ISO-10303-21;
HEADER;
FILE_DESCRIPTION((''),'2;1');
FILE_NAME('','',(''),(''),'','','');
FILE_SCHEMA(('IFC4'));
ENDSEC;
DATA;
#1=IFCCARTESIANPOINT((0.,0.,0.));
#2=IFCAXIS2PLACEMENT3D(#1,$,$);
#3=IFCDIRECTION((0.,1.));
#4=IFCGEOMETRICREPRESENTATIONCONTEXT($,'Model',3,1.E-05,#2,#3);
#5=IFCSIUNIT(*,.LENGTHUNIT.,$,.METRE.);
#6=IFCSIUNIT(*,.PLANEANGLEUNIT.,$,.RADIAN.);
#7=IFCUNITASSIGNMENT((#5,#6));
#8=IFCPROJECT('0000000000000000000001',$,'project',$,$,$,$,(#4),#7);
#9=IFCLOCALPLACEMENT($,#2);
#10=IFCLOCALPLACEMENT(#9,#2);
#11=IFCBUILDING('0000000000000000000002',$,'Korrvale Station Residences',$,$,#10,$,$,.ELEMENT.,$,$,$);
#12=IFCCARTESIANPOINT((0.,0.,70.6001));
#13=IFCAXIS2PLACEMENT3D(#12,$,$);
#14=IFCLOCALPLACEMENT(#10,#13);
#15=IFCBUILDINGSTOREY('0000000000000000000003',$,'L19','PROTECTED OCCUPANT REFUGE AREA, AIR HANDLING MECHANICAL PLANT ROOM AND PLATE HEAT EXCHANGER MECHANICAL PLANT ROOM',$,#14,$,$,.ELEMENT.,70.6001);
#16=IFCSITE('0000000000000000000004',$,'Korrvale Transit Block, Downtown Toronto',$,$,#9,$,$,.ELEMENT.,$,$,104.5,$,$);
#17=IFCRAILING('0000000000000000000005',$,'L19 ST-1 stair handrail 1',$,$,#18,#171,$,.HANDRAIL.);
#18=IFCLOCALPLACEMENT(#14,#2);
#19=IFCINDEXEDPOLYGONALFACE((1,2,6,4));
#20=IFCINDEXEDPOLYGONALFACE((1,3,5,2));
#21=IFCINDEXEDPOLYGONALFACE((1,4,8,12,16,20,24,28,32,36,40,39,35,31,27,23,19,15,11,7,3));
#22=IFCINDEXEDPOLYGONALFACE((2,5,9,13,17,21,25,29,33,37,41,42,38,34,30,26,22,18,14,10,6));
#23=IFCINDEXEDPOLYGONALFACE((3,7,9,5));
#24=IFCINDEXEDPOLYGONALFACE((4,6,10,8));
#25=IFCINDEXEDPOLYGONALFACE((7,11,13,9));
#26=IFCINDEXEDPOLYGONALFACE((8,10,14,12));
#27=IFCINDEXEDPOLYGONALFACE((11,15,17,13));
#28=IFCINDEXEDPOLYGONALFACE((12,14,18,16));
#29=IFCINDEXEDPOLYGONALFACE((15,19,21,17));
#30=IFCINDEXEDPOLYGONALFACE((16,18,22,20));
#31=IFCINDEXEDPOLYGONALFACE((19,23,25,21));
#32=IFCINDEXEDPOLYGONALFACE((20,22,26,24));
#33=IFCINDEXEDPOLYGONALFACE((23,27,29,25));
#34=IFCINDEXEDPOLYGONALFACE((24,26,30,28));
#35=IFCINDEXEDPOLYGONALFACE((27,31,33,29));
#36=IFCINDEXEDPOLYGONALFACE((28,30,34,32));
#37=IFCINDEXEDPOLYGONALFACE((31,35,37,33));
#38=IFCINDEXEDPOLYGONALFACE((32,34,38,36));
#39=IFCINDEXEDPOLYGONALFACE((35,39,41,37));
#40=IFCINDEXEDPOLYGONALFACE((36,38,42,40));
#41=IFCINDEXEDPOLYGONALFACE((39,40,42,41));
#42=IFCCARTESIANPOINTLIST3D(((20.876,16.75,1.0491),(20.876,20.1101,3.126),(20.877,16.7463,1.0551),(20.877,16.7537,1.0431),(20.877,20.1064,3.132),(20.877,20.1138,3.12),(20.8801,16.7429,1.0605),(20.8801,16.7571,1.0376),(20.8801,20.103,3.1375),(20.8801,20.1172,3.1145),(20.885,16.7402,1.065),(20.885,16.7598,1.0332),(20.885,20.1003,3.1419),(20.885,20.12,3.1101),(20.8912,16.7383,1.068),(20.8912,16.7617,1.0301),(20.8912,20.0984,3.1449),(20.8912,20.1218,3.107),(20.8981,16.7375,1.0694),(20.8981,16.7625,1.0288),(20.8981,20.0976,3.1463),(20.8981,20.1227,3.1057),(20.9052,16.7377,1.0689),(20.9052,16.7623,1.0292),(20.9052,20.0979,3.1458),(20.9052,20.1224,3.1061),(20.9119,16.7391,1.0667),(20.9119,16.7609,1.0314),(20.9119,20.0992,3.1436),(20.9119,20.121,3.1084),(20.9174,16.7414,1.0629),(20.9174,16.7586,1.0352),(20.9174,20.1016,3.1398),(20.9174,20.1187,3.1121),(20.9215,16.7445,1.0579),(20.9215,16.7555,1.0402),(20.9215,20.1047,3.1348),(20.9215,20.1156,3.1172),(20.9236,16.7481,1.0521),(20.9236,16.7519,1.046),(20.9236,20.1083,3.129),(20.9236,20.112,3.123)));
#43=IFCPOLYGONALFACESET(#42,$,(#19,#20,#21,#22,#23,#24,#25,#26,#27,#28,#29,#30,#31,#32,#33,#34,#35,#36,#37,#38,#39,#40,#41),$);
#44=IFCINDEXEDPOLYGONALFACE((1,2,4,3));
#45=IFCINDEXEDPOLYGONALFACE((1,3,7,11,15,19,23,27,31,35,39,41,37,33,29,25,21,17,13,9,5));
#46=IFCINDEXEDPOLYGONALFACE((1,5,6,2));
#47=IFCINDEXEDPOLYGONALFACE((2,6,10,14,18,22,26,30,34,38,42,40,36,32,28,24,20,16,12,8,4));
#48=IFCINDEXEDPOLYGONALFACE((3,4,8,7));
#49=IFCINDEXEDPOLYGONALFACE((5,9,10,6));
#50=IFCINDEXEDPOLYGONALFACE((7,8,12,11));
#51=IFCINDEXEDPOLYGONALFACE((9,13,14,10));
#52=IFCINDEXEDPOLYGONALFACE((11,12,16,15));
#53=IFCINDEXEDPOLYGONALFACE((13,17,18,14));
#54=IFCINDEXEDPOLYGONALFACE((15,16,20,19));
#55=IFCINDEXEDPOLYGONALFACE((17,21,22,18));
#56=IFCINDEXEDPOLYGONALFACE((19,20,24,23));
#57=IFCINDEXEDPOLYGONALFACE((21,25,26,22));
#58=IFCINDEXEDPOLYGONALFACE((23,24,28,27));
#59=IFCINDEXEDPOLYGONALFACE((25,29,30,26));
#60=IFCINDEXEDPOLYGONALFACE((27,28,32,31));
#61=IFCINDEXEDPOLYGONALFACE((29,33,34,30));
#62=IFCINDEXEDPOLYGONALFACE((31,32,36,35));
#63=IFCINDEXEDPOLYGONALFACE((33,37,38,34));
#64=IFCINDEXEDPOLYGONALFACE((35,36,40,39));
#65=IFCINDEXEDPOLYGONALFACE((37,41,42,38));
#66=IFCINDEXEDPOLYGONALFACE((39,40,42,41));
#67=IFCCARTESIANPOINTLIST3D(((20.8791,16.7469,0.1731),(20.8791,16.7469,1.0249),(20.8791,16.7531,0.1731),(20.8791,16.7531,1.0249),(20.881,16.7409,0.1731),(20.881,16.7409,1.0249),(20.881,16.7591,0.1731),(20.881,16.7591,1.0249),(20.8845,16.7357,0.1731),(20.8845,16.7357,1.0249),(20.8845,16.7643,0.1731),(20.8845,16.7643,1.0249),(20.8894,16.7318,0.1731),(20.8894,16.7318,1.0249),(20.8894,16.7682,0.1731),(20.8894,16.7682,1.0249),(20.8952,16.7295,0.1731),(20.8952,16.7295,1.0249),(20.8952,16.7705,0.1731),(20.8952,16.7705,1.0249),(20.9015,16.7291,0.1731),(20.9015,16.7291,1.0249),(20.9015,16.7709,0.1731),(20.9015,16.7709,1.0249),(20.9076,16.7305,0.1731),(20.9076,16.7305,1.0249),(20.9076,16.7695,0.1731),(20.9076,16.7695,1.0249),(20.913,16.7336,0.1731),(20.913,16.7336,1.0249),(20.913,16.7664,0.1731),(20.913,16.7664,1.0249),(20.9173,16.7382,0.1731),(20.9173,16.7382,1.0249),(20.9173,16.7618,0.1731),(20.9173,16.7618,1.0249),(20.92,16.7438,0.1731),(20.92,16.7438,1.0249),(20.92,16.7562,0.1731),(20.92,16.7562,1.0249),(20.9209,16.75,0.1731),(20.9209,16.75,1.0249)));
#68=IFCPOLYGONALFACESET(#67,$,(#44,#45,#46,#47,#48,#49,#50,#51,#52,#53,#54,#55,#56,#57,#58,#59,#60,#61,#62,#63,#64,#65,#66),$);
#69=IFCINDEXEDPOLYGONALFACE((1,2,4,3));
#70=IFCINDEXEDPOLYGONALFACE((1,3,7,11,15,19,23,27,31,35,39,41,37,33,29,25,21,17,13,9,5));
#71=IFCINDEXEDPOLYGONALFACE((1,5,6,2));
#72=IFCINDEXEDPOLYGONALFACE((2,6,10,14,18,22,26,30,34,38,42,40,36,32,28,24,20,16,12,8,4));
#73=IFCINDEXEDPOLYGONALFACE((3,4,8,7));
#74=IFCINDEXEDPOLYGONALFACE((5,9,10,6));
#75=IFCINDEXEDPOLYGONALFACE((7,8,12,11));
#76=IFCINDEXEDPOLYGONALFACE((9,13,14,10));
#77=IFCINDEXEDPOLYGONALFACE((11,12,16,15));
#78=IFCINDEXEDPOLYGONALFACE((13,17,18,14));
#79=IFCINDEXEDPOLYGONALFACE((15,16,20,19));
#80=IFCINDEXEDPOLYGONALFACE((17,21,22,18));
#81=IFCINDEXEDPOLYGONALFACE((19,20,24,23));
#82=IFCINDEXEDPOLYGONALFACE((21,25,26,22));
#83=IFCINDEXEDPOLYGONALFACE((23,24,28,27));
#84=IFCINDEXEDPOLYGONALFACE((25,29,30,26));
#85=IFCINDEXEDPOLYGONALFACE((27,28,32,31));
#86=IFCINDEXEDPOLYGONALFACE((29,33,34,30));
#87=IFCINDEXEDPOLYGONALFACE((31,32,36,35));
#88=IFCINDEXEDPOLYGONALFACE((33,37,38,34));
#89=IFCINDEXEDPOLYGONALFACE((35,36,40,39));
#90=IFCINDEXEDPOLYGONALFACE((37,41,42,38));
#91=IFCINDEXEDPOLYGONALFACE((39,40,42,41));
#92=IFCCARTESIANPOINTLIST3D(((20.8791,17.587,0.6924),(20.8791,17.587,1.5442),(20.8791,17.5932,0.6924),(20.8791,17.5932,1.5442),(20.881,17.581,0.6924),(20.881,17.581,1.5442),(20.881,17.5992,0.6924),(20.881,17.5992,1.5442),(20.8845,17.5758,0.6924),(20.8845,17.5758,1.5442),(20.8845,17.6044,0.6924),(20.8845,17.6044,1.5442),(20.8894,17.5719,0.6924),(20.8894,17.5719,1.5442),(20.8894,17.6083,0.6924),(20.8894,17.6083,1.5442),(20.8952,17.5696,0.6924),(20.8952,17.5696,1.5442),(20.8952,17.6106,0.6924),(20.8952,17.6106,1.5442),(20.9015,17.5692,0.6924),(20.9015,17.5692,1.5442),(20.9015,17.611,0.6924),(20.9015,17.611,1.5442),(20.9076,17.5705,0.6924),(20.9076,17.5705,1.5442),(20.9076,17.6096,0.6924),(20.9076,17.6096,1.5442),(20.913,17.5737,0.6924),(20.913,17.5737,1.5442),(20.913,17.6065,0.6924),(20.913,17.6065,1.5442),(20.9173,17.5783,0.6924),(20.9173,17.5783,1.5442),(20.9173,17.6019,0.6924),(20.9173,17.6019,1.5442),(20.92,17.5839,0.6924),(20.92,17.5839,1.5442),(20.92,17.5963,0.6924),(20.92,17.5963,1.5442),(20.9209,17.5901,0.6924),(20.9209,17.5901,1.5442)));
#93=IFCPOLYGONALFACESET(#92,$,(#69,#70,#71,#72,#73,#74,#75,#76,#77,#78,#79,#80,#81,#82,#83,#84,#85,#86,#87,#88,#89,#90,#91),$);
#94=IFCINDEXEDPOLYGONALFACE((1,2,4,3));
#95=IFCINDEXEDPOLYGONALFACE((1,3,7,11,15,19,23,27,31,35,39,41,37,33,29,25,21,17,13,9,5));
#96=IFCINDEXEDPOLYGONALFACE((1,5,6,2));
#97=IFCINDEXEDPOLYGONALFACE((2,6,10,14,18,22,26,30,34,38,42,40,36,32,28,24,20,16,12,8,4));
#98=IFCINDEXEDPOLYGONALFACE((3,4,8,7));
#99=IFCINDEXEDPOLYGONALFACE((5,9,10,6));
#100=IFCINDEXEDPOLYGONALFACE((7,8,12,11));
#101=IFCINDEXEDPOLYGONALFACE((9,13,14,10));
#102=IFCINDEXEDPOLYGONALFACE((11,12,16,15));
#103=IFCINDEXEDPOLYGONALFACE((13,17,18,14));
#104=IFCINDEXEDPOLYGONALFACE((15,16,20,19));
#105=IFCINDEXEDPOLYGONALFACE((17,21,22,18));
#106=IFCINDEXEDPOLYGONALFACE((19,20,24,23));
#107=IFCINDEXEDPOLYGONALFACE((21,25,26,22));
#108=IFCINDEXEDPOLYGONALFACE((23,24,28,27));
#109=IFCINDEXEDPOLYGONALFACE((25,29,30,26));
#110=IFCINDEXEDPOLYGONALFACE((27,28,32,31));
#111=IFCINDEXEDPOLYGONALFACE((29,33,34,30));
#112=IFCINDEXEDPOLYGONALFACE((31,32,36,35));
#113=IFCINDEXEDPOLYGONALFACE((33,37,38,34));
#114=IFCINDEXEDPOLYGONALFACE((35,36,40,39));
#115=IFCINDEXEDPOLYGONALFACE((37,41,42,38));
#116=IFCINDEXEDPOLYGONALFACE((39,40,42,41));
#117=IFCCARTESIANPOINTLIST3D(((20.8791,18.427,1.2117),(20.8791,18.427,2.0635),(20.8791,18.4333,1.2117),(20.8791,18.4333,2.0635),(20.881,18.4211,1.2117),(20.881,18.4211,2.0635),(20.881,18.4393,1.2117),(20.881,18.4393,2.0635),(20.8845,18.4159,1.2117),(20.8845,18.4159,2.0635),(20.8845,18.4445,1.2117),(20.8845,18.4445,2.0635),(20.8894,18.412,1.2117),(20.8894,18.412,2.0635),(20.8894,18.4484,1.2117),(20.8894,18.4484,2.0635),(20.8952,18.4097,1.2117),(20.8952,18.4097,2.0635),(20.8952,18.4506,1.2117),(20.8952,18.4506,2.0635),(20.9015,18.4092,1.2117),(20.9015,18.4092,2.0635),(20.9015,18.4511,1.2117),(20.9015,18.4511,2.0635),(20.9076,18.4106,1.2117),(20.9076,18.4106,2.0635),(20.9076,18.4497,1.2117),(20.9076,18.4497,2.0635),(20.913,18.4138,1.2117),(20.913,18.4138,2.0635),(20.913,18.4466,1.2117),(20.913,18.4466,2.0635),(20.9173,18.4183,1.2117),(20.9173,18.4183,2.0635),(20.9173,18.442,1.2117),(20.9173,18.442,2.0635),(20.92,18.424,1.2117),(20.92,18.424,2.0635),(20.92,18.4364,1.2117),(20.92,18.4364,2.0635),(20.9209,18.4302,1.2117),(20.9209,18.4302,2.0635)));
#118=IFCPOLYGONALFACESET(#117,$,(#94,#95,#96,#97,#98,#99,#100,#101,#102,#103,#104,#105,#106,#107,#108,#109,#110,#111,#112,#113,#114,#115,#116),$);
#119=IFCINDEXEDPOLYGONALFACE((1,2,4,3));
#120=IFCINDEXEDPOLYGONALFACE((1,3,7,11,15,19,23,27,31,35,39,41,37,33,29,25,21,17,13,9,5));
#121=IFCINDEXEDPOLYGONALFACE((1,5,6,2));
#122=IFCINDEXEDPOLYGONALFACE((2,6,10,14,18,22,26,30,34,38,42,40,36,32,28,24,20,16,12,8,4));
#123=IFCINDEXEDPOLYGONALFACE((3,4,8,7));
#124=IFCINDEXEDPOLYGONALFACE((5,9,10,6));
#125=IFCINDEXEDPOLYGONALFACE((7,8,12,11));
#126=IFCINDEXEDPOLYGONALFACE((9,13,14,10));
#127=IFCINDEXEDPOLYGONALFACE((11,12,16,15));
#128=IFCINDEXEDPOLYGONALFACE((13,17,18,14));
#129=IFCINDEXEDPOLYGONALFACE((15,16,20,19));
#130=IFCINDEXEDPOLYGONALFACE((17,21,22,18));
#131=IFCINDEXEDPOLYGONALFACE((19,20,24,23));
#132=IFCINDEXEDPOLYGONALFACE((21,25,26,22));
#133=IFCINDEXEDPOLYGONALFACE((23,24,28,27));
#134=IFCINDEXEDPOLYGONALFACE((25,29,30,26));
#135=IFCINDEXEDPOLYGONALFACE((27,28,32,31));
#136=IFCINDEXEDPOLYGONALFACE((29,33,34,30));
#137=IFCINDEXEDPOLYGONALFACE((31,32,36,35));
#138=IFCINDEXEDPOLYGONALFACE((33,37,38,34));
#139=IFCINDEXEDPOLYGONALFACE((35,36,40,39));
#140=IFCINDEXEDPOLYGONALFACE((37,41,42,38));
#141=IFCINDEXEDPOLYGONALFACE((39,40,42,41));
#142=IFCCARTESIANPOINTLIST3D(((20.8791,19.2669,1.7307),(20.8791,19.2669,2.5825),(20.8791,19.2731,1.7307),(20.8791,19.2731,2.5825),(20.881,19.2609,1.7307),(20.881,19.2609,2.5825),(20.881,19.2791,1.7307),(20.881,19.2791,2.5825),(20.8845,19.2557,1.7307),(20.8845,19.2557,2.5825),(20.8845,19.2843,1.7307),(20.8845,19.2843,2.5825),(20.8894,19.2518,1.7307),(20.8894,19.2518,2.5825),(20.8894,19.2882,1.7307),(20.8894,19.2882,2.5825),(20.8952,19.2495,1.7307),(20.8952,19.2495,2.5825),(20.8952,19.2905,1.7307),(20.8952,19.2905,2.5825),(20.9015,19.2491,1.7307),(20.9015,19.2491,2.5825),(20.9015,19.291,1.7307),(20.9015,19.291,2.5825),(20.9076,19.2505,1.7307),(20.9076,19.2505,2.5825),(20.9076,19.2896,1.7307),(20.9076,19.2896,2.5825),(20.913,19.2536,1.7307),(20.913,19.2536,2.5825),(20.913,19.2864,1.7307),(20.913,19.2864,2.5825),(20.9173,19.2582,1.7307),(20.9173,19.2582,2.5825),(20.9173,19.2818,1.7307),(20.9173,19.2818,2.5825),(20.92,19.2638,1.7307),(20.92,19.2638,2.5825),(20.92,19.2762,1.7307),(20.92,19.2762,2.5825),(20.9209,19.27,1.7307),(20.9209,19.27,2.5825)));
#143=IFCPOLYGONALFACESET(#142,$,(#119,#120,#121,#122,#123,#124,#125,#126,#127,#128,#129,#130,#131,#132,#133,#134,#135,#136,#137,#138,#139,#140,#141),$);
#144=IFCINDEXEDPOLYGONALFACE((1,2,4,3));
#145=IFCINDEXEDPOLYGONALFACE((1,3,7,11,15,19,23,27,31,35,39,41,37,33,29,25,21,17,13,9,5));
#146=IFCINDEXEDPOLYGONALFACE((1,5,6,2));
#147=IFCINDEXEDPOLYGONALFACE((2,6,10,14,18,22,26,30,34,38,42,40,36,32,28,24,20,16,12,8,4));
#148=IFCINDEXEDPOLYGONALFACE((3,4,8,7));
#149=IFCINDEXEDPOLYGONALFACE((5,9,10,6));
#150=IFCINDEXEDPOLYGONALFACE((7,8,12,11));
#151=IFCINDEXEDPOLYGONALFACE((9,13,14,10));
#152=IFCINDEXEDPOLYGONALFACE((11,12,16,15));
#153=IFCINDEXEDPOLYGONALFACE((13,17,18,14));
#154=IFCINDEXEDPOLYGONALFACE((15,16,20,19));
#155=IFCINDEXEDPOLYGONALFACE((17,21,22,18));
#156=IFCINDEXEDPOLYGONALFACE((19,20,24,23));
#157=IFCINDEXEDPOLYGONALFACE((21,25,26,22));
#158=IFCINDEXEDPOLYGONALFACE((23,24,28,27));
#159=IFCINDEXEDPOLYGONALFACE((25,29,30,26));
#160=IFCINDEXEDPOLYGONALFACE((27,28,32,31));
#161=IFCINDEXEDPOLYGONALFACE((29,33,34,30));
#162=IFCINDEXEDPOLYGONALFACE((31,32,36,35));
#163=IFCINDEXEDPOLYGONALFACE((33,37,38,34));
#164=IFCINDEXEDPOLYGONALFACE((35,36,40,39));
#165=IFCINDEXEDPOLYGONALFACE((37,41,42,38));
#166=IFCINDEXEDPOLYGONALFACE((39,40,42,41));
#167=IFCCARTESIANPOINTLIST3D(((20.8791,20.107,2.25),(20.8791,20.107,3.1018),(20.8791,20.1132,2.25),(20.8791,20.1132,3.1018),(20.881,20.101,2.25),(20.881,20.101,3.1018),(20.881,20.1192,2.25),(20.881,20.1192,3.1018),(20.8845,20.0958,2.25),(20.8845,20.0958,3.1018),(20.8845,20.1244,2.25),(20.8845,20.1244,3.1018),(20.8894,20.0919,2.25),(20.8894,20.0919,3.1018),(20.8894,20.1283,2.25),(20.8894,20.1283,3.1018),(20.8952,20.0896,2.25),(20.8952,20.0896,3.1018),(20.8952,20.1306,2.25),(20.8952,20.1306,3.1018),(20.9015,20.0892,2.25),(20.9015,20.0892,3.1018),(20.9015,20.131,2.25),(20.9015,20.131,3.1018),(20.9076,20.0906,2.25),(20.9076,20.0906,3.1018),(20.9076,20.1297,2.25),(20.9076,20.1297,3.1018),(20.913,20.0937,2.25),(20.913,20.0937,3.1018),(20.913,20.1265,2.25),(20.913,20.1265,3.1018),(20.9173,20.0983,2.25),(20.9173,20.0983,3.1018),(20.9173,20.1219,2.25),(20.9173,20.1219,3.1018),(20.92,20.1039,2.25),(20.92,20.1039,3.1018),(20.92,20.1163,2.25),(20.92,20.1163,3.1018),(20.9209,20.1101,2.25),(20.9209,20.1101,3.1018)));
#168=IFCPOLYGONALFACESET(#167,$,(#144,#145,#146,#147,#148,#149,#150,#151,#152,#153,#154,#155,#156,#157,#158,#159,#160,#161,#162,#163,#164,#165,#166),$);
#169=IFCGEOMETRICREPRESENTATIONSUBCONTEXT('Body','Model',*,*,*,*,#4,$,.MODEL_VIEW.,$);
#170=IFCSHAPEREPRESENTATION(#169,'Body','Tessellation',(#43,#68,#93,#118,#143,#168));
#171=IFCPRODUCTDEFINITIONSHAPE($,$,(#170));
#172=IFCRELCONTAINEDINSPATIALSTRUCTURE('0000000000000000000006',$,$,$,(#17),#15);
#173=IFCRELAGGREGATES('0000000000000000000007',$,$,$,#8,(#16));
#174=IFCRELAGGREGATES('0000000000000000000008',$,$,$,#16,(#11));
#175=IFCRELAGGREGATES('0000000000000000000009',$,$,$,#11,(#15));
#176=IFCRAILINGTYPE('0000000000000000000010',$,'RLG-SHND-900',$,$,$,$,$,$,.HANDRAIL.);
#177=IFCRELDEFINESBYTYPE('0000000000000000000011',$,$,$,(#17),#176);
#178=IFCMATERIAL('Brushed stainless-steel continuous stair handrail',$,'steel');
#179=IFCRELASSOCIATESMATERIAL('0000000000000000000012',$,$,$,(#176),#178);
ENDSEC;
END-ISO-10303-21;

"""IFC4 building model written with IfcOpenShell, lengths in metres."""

from ifc_helpers import new_model, si_unit, direction, frame, origin, origin_2d, place, context, subcontext, project, spatial, circle, extrude, material, type_object, element, save


model = new_model("IFC4")

# Units and contexts
model_context = context("Model", 3, precision=1e-05, world=origin(), true_north=direction((0.0, 1.0)))
body_context = subcontext(model_context, "Body", "Model", "MODEL_VIEW")
ifc_project = project(units=[si_unit("LENGTHUNIT", "METRE"), si_unit("PLANEANGLEUNIT", "RADIAN")], contexts=[model_context])

# Site, building, storey
site_placement = place(None, origin())
site = spatial("IfcSite", under=ifc_project, at=site_placement, Name="Korrvale Transit Block, Downtown Toronto", CompositionType="ELEMENT", RefElevation=104.5)
building_placement = place(site_placement, origin())
building = spatial("IfcBuilding", under=site, at=building_placement, Name="Korrvale Station Residences", CompositionType="ELEMENT")
storey_placement = place(building_placement, frame((0.0, 0.0, 70.6001)))
storey = spatial("IfcBuildingStorey", under=building, at=storey_placement, Name="L19", Description="PROTECTED OCCUPANT REFUGE AREA, AIR HANDLING MECHANICAL PLANT ROOM AND PLATE HEAT EXCHANGER MECHANICAL PLANT ROOM", CompositionType="ELEMENT", Elevation=70.6001)

# Railing
ifc_material_1 = material(Name="Brushed stainless-steel continuous stair handrail", Category="steel")
railing_type_1 = type_object("IfcRailingType", Name="RLG-SHND-900", PredefinedType="HANDRAIL", material=ifc_material_1)
railing_1_placement = place(storey_placement, frame((20.8999, 16.75, 0.1731)))
element("IfcRailing", 1, at=railing_1_placement, inside=storey, type_object=railing_type_1, Name="L19 ST-1 stair handrail 1", PredefinedType="HANDRAIL", context=body_context, shape_type="SweptSolid", body=[
    extrude(circle(Radius=0.0239, at=origin_2d()), frame((0.0, 0.0, 0.876), z_axis=(0.0, 0.850623, 0.525776), x_axis=(-1.0, 0.0, 0.0)), (0.0, 0.0, 1.0), 3.9502),
    extrude(circle(Radius=0.021, at=origin_2d()), origin(), (0.0, 0.0, 1.0), 0.8518),
    extrude(circle(Radius=0.021, at=origin_2d()), frame((0.0, 0.8401, 0.5193)), (0.0, 0.0, 1.0), 0.8518),
    extrude(circle(Radius=0.021, at=origin_2d()), frame((0.0, 1.6802, 1.0386)), (0.0, 0.0, 1.0), 0.8518),
    extrude(circle(Radius=0.021, at=origin_2d()), frame((0.0, 2.52, 1.5576)), (0.0, 0.0, 1.0), 0.8518),
    extrude(circle(Radius=0.021, at=origin_2d()), frame((0.0, 3.3601, 2.0769)), (0.0, 0.0, 1.0), 0.8518),
])

save(model, "model.ifc")
